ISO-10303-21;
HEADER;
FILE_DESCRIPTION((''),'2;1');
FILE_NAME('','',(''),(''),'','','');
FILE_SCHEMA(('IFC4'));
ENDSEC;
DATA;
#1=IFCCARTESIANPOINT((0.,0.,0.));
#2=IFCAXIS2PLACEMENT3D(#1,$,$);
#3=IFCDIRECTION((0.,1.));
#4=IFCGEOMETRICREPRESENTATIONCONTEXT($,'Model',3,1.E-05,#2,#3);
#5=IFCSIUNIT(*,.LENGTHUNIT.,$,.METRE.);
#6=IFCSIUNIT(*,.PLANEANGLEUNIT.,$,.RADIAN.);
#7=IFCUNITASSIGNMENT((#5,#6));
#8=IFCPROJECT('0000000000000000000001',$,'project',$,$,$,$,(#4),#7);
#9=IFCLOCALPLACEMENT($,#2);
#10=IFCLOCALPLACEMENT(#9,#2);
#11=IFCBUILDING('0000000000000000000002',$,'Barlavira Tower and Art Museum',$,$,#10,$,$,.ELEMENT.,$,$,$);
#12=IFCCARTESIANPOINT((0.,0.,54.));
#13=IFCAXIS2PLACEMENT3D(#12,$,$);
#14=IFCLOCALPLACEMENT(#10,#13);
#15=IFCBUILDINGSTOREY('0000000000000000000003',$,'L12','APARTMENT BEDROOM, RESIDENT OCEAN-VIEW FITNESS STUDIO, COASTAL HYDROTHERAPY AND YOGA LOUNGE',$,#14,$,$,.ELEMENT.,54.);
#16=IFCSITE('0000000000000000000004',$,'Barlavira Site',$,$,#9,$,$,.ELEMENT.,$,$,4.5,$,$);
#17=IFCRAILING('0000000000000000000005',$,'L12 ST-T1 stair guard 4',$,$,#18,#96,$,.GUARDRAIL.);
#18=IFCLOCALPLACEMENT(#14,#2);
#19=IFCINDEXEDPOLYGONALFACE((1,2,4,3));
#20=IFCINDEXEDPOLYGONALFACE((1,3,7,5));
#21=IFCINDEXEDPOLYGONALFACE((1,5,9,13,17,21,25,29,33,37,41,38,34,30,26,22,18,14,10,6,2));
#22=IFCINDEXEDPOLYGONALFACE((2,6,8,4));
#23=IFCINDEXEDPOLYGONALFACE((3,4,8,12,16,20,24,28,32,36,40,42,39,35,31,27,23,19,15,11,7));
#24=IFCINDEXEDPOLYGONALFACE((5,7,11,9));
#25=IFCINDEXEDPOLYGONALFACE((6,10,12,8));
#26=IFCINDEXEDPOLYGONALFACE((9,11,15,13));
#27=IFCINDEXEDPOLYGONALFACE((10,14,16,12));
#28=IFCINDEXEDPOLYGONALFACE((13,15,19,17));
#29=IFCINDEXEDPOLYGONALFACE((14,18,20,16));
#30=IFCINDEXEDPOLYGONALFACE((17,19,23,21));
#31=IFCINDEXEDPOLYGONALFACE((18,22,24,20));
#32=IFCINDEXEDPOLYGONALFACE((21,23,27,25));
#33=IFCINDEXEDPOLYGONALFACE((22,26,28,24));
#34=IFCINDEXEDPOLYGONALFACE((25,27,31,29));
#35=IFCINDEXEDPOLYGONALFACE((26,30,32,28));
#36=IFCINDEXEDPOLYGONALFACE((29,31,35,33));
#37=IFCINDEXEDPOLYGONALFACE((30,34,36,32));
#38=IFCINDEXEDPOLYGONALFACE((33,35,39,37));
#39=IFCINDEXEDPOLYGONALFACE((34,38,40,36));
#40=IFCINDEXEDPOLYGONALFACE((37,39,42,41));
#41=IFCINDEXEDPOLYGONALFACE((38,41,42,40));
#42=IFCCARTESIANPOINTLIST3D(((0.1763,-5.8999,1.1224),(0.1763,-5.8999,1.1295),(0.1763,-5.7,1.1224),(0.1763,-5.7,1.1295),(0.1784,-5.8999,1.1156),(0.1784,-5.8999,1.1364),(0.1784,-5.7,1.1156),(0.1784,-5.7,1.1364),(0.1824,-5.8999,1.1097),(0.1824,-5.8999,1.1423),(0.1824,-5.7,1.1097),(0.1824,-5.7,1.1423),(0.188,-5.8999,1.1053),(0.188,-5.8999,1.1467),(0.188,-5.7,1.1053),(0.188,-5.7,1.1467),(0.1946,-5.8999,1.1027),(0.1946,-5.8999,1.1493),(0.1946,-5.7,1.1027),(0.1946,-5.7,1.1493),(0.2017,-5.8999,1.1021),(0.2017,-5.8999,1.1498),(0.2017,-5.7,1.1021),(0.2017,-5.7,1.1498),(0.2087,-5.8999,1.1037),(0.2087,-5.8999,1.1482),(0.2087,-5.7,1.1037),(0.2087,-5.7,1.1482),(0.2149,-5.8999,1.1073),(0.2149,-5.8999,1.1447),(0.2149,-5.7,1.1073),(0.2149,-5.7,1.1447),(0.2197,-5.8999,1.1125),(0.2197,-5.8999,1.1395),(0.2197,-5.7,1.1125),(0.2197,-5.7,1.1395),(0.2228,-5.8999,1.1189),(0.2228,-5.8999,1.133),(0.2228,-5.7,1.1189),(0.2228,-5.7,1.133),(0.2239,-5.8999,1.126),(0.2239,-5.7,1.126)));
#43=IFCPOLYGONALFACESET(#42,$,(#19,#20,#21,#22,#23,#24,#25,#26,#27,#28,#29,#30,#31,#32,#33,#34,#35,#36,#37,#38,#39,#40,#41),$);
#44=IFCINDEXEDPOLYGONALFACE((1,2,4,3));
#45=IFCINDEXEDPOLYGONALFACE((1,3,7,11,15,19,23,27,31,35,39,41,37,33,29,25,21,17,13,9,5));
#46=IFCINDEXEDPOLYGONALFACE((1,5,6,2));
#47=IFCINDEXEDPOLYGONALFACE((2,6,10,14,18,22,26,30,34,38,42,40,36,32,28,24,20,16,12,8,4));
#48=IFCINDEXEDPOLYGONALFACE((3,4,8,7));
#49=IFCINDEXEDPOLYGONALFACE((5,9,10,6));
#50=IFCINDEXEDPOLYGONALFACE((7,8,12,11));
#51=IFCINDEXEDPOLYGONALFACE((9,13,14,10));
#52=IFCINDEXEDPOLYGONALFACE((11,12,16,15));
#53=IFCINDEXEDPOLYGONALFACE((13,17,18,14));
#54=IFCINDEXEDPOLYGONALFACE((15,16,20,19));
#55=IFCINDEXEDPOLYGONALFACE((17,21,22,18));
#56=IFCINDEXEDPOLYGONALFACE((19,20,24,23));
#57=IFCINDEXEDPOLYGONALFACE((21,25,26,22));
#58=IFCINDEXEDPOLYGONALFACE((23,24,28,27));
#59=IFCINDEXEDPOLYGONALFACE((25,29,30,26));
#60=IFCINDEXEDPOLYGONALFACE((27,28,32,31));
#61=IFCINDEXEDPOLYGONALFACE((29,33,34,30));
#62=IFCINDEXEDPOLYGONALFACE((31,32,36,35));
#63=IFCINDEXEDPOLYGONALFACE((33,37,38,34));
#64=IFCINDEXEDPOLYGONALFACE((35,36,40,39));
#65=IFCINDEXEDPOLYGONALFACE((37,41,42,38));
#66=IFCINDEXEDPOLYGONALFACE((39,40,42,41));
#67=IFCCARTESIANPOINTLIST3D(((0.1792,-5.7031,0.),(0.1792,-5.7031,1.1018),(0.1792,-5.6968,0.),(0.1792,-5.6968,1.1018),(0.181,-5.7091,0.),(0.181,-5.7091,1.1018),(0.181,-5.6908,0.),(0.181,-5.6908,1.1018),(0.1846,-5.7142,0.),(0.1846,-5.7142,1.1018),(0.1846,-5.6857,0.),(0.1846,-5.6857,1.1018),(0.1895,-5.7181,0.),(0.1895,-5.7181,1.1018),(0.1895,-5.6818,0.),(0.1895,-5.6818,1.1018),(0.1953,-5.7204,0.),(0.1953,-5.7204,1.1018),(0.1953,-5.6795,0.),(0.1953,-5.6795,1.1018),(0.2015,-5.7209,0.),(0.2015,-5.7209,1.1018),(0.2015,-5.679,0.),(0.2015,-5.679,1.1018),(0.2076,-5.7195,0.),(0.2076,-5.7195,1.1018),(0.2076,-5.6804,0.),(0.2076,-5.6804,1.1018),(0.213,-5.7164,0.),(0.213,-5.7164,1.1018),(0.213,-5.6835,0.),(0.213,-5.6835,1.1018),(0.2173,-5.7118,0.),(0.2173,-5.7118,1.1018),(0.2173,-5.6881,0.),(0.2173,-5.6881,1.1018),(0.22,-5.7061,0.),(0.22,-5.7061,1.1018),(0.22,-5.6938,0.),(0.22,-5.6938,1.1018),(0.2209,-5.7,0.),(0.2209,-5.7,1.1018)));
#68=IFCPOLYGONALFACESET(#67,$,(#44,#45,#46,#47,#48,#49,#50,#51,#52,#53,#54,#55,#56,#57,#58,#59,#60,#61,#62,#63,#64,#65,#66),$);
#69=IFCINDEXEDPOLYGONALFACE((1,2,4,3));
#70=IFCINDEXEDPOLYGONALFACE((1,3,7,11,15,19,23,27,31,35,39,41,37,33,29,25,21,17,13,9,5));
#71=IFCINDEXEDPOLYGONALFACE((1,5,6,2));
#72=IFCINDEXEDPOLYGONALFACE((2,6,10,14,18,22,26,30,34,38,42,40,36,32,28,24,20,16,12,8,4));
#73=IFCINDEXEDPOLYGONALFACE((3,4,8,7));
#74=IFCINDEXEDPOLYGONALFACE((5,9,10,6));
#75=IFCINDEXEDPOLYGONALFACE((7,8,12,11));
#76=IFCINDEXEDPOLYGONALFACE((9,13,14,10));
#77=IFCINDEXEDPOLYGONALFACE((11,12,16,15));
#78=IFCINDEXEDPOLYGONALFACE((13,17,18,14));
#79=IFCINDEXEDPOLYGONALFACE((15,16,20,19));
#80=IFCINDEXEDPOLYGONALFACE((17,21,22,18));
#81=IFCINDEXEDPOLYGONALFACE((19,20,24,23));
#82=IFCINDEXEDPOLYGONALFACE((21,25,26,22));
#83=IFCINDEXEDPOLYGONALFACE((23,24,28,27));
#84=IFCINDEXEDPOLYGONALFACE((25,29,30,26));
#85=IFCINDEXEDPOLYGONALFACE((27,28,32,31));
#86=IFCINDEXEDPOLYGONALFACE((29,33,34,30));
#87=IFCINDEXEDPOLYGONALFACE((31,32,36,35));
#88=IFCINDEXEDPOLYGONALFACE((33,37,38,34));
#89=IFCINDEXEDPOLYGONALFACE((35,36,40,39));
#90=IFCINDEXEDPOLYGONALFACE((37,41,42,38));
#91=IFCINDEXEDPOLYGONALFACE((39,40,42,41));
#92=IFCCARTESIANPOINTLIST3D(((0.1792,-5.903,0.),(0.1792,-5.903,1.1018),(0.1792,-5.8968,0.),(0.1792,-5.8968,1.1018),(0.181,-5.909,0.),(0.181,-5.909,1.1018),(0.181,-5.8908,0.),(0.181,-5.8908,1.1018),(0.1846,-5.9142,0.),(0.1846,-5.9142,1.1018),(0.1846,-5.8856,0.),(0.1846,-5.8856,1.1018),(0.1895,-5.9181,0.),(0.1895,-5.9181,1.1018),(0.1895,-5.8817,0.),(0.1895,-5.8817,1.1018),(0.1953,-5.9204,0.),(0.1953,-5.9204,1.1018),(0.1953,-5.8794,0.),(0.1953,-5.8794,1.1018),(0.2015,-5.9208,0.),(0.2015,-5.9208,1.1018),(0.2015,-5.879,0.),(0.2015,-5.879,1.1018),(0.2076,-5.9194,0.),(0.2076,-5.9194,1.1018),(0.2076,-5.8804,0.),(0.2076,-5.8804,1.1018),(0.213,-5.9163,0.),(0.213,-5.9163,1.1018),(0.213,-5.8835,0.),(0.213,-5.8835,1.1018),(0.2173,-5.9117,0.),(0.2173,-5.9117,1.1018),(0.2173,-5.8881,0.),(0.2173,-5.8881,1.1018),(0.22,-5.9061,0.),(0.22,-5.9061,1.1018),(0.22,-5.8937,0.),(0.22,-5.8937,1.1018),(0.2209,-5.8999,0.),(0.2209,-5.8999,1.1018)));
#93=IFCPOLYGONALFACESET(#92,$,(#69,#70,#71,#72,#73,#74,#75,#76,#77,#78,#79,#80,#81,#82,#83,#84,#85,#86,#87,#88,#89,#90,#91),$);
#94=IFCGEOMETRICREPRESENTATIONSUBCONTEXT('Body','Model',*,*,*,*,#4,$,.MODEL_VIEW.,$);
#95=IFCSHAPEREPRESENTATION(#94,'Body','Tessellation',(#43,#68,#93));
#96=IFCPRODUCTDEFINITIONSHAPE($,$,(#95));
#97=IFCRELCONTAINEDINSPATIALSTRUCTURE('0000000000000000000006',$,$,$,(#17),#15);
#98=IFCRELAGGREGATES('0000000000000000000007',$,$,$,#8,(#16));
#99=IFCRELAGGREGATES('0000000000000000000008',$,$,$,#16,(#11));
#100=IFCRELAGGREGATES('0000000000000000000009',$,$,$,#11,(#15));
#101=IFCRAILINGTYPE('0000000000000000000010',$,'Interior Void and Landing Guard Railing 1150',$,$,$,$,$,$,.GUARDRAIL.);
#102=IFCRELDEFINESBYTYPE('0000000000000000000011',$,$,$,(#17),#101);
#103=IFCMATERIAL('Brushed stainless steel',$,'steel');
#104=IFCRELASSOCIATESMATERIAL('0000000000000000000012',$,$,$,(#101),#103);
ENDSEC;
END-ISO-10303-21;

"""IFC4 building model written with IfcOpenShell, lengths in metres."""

from ifc_helpers import new_model, si_unit, direction, frame, origin, origin_2d, place, context, subcontext, project, spatial, circle, extrude, material, type_object, element, save


model = new_model("IFC4")

# Units and contexts
model_context = context("Model", 3, precision=1e-05, world=origin(), true_north=direction((0.0, 1.0)))
body_context = subcontext(model_context, "Body", "Model", "MODEL_VIEW")
ifc_project = project(units=[si_unit("LENGTHUNIT", "METRE"), si_unit("PLANEANGLEUNIT", "RADIAN")], contexts=[model_context])

# Site, building, storey
site_placement = place(None, origin())
site = spatial("IfcSite", under=ifc_project, at=site_placement, Name="Barlavira Site", CompositionType="ELEMENT", RefElevation=4.5)
building_placement = place(site_placement, origin())
building = spatial("IfcBuilding", under=site, at=building_placement, Name="Barlavira Tower and Art Museum", CompositionType="ELEMENT")
storey_placement = place(building_placement, frame((0.0, 0.0, 54.0)))
storey = spatial("IfcBuildingStorey", under=building, at=storey_placement, Name="L12", Description="APARTMENT BEDROOM, RESIDENT OCEAN-VIEW FITNESS STUDIO, COASTAL HYDROTHERAPY AND YOGA LOUNGE", CompositionType="ELEMENT", Elevation=54.0)

# Shared definitions
ifc_material_1 = material(Name="Brushed stainless steel", Category="steel")

# Railing
railing_type_1 = type_object("IfcRailingType", Name="Interior Void and Landing Guard Railing 1150", PredefinedType="GUARDRAIL", material=ifc_material_1)
railing_1_placement = place(storey_placement, frame((0.2, -5.7, 0.0)))
element("IfcRailing", 1, at=railing_1_placement, inside=storey, type_object=railing_type_1, Name="L12 ST-T1 stair guard 4", PredefinedType="GUARDRAIL", context=body_context, shape_type="SweptSolid", body=[
    extrude(circle(Radius=0.0239, at=origin_2d()), frame((0.0, 0.0, 1.126), z_axis=(0.0, -1.0, 0.0), x_axis=(1.0, 0.0, 0.0)), (0.0, 0.0, 1.0), 0.2),
    extrude(circle(Radius=0.021, at=origin_2d()), origin(), (0.0, 0.0, 1.0), 1.1018),
    extrude(circle(Radius=0.021, at=origin_2d()), frame((0.0, -0.2, 0.0)), (0.0, 0.0, 1.0), 1.1018),
])

save(model, "model.ifc")
